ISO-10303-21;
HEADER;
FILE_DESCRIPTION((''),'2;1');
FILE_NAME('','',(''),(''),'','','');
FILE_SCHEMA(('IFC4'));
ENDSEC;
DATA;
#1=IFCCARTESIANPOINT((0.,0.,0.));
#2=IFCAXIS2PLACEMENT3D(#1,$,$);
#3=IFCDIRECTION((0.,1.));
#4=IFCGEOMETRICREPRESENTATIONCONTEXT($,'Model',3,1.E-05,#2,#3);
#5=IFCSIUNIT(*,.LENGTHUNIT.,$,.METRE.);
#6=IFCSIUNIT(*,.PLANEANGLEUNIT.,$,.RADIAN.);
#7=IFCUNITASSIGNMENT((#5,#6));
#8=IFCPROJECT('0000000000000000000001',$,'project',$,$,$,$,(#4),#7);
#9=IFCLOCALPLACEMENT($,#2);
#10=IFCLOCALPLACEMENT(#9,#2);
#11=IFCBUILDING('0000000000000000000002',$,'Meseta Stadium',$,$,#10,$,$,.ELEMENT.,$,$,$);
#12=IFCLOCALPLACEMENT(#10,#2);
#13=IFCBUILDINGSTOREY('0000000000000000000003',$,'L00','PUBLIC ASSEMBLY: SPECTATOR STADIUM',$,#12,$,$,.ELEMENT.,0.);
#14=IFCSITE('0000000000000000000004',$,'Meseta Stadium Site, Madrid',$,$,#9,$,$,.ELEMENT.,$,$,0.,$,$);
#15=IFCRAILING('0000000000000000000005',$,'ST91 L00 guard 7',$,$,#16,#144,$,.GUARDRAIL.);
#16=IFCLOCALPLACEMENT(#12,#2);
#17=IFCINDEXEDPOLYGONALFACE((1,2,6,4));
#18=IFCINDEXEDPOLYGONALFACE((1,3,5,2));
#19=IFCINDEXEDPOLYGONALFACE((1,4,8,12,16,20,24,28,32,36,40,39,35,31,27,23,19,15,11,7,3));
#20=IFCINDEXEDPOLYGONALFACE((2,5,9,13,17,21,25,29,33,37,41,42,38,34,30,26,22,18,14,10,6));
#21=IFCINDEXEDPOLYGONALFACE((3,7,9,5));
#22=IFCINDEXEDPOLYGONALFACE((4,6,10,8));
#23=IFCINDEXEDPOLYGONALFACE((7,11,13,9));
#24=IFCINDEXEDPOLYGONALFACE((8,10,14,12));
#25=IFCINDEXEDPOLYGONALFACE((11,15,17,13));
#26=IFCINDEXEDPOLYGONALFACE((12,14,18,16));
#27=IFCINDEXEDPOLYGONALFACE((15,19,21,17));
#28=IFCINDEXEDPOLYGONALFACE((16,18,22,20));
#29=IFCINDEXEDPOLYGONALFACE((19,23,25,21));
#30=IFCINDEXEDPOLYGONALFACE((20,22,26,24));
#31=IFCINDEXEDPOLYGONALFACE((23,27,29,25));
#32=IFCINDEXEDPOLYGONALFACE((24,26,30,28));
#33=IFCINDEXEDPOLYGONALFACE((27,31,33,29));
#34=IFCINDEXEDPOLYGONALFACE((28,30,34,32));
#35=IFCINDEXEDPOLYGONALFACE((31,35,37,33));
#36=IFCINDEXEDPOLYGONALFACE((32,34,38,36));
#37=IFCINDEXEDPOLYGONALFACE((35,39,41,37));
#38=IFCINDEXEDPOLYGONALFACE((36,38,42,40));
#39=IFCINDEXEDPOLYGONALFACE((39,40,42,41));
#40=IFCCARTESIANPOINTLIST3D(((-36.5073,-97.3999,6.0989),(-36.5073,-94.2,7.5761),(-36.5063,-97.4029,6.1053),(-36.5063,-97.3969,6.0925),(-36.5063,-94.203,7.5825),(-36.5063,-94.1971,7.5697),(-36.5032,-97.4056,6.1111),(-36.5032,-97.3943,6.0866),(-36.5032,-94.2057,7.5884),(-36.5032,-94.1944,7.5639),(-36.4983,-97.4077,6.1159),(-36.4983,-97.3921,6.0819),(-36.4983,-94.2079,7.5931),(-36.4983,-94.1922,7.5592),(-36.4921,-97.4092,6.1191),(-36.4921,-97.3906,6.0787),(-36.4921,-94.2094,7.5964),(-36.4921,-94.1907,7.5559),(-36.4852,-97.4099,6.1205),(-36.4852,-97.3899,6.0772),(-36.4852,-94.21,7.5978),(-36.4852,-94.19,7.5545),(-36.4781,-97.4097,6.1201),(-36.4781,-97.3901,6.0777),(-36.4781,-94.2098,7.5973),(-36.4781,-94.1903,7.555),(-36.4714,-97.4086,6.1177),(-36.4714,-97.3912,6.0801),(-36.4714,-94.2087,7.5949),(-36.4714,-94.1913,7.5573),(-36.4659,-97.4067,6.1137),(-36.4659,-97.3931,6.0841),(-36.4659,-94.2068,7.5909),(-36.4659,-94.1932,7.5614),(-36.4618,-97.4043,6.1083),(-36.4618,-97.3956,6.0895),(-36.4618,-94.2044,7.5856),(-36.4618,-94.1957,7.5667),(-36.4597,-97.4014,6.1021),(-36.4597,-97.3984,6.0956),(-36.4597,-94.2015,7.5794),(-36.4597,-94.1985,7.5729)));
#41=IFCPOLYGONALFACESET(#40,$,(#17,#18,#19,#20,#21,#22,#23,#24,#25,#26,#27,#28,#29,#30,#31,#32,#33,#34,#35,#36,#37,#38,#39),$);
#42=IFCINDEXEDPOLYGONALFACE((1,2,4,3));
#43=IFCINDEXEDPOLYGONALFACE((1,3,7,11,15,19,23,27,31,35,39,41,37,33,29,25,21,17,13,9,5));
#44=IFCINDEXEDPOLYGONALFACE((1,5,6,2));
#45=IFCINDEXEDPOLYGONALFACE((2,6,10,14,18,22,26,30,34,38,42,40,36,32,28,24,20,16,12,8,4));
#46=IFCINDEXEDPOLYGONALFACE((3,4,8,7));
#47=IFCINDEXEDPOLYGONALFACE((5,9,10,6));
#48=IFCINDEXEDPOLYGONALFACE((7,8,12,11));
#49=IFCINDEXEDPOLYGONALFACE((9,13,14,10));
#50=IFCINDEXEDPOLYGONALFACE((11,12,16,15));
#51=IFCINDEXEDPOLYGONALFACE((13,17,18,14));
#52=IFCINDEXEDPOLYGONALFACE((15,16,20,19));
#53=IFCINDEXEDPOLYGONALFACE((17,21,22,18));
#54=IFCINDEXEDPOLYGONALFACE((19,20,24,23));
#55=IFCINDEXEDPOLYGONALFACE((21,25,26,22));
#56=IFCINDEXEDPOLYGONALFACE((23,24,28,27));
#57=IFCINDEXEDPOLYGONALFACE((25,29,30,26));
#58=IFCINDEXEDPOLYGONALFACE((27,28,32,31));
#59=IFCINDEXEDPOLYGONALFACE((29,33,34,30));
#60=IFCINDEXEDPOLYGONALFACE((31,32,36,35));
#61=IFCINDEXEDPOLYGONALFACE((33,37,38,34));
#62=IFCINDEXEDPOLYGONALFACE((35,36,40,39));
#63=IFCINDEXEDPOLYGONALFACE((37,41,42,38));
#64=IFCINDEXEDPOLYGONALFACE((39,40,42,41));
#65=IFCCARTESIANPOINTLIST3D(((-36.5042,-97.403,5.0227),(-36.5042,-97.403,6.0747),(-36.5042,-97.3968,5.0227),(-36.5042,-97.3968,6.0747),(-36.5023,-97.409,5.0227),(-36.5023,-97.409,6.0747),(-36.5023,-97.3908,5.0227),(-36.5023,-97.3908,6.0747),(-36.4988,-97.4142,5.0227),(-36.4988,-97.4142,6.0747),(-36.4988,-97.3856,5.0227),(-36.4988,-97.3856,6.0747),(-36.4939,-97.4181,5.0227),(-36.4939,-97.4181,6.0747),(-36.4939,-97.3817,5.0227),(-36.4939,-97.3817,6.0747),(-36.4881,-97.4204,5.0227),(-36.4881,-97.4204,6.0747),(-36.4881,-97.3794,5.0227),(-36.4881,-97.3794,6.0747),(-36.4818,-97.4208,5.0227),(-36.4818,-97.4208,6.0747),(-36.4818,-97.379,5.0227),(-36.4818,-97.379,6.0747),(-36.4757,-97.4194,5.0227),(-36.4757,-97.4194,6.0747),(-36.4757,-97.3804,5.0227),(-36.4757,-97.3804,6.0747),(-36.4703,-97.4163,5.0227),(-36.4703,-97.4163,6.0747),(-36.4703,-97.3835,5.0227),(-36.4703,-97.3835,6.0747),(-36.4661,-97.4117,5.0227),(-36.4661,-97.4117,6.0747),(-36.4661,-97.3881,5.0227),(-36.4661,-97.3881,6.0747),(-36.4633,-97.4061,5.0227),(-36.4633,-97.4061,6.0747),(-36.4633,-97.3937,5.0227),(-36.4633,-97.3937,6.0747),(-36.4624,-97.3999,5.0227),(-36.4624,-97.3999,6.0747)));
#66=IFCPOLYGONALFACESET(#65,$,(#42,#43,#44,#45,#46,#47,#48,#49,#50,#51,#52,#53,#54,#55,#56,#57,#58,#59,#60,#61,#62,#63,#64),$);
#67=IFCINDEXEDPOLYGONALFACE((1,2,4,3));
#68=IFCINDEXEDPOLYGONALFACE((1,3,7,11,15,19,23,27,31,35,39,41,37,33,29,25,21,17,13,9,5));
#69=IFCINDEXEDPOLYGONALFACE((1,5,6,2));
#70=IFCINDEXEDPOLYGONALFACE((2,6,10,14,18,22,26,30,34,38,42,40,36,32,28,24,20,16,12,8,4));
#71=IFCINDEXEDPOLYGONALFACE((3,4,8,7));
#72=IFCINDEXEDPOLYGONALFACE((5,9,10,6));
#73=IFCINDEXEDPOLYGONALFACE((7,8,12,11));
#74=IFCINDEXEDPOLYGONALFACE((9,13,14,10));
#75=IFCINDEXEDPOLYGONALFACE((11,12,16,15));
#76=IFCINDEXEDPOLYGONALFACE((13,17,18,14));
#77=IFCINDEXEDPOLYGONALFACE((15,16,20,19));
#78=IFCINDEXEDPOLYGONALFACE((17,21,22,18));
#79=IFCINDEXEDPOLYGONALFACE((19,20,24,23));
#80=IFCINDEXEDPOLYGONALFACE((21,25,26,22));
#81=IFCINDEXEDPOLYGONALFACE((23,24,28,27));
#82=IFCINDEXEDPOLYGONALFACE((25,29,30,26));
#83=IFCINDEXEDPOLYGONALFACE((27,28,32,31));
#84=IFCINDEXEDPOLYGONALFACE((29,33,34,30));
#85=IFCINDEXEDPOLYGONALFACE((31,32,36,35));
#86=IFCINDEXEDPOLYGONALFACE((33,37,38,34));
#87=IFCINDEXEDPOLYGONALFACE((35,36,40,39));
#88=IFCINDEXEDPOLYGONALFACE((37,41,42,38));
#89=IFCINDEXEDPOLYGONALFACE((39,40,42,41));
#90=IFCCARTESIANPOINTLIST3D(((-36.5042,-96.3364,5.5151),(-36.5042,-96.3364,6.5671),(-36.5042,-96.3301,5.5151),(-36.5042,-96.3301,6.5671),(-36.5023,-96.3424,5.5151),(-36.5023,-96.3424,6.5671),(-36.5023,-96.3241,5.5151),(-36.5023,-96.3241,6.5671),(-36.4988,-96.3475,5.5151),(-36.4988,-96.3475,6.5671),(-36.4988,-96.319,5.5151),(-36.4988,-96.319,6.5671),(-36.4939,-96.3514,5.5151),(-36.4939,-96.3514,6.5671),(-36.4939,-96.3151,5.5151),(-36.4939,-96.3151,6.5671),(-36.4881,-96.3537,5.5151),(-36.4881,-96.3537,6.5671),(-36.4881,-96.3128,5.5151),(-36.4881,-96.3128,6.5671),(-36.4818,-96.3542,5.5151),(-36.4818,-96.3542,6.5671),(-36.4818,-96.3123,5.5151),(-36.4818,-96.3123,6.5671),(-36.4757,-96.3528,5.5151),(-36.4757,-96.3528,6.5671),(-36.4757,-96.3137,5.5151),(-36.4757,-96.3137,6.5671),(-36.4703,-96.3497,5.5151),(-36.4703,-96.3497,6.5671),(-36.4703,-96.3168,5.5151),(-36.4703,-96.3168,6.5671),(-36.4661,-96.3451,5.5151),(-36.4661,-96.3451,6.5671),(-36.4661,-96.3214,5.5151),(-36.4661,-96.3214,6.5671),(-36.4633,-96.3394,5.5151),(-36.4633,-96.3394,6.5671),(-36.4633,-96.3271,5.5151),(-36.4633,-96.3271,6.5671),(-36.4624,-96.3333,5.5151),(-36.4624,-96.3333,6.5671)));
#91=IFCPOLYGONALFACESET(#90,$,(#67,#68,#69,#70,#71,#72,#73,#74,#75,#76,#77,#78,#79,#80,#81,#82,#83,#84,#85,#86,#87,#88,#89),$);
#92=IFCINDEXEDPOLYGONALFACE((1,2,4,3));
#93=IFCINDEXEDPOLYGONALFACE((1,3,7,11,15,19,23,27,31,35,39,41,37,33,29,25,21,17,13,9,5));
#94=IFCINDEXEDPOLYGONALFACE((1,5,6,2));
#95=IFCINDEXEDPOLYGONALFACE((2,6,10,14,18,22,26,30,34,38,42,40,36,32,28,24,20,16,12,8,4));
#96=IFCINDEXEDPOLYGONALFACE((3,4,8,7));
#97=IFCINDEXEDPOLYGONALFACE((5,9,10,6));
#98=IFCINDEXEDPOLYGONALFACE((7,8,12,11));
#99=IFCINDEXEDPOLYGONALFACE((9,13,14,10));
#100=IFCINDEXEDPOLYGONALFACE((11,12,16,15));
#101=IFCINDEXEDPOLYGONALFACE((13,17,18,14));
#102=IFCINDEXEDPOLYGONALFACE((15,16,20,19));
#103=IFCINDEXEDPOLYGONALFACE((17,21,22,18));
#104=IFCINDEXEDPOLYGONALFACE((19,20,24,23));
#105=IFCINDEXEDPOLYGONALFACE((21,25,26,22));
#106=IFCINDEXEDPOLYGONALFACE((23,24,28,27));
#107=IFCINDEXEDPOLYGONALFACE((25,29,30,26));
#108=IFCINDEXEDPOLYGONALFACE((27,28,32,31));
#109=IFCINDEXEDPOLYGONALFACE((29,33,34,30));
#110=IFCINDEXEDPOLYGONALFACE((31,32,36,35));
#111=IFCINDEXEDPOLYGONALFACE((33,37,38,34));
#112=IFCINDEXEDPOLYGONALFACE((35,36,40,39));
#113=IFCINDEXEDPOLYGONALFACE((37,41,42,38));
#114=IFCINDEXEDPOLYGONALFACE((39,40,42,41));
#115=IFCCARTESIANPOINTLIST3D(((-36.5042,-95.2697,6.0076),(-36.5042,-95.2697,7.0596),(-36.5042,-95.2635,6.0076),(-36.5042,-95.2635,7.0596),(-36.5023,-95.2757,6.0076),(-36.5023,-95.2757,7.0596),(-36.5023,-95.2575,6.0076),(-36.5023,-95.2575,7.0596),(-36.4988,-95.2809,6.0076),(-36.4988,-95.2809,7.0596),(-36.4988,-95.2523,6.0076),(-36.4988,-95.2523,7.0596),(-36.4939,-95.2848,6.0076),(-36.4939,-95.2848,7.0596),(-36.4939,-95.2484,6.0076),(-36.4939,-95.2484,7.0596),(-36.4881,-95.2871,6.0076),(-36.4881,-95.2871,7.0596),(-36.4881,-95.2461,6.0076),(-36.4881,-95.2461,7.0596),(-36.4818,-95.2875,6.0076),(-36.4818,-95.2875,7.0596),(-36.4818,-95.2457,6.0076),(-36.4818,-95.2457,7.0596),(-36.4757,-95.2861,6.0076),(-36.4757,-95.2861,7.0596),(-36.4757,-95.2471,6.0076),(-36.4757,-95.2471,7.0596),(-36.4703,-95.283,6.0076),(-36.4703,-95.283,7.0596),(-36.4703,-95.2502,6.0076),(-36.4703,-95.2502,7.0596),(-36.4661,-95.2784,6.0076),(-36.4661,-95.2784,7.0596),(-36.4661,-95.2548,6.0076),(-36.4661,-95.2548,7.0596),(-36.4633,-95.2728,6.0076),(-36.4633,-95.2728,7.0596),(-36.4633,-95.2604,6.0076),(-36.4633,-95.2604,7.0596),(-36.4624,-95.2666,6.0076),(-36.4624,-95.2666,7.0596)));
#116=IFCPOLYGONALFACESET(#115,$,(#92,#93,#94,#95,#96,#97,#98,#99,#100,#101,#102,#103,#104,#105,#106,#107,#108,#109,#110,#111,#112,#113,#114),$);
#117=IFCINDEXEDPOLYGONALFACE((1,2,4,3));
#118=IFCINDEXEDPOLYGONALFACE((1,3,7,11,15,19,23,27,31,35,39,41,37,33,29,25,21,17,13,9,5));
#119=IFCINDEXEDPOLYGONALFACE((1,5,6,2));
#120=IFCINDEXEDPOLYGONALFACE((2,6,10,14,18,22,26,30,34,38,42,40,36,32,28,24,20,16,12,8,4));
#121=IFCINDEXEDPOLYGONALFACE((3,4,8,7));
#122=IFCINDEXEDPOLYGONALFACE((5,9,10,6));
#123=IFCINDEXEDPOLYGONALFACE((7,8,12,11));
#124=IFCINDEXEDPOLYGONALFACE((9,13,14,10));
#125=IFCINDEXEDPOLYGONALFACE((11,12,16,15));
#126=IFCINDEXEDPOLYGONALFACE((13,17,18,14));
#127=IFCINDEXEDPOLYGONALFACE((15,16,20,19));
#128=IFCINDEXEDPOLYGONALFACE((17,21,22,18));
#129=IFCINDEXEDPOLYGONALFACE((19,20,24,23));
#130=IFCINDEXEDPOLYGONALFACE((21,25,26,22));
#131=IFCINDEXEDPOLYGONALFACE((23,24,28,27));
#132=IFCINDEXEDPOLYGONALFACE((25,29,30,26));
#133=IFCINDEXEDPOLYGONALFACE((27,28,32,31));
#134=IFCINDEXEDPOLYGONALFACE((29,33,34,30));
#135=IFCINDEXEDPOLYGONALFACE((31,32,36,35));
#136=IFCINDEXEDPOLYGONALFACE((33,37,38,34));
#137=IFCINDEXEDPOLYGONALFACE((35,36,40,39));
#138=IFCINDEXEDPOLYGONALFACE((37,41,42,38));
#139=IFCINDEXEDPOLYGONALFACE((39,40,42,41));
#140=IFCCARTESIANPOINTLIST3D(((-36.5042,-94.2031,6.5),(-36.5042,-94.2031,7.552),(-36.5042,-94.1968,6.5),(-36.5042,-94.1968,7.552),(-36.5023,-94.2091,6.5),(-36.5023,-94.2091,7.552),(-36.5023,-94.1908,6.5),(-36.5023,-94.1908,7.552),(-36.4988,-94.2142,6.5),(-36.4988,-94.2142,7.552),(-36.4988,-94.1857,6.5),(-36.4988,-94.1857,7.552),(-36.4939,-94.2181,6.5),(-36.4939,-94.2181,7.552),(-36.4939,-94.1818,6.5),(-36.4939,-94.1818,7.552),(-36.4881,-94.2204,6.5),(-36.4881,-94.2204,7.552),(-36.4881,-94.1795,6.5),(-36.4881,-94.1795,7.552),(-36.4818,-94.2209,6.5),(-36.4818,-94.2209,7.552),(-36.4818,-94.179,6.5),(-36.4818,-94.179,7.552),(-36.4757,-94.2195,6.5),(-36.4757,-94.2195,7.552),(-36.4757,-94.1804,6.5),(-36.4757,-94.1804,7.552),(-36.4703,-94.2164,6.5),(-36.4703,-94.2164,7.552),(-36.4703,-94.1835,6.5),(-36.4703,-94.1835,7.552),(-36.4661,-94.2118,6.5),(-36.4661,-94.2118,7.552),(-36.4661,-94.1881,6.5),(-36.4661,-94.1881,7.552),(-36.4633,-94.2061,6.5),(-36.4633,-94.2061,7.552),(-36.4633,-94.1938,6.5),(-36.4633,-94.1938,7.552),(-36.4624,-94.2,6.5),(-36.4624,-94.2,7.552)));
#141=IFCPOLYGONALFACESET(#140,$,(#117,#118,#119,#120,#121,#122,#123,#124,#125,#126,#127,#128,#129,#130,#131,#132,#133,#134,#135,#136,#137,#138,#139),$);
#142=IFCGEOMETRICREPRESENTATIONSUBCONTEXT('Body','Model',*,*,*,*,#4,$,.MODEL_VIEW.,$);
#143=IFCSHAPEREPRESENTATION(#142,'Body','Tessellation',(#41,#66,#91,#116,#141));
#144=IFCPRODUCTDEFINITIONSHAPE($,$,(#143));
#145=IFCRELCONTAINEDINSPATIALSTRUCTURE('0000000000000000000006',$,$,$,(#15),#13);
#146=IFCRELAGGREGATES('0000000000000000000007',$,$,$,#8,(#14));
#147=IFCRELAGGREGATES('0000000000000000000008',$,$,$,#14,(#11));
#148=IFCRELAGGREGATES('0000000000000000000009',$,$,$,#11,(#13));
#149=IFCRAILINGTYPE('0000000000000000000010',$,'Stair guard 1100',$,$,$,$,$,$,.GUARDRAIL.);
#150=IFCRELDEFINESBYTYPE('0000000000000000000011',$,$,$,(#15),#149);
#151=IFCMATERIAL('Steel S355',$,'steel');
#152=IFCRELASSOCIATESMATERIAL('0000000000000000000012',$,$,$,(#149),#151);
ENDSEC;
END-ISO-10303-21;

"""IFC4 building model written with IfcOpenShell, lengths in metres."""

from ifc_helpers import new_model, si_unit, direction, frame, origin, origin_2d, place, context, subcontext, project, spatial, circle, extrude, material, type_object, element, save


model = new_model("IFC4")

# Units and contexts
model_context = context("Model", 3, precision=1e-05, world=origin(), true_north=direction((0.0, 1.0)))
body_context = subcontext(model_context, "Body", "Model", "MODEL_VIEW")
ifc_project = project(units=[si_unit("LENGTHUNIT", "METRE"), si_unit("PLANEANGLEUNIT", "RADIAN")], contexts=[model_context])

# Site, building, storey
site_placement = place(None, origin())
site = spatial("IfcSite", under=ifc_project, at=site_placement, Name="Meseta Stadium Site, Madrid", CompositionType="ELEMENT", RefElevation=0.0)
building_placement = place(site_placement, origin())
building = spatial("IfcBuilding", under=site, at=building_placement, Name="Meseta Stadium", CompositionType="ELEMENT")
storey_placement = place(building_placement, origin())
storey = spatial("IfcBuildingStorey", under=building, at=storey_placement, Name="L00", Description="PUBLIC ASSEMBLY: SPECTATOR STADIUM", CompositionType="ELEMENT", Elevation=0.0)

# Railing
ifc_material_1 = material(Name="Steel S355", Category="steel")
railing_type_1 = type_object("IfcRailingType", Name="Stair guard 1100", PredefinedType="GUARDRAIL", material=ifc_material_1)
railing_1_placement = place(storey_placement, frame((-36.4834, -97.3999, 5.0227)))
element("IfcRailing", 1, at=railing_1_placement, inside=storey, type_object=railing_type_1, Name="ST91 L00 guard 7", PredefinedType="GUARDRAIL", context=body_context, shape_type="SweptSolid", body=[
    extrude(circle(Radius=0.0239, at=origin_2d()), frame((0.0, 0.0, 1.0762), z_axis=(0.0, 0.907917, 0.41915), x_axis=(-1.0, 0.0, 0.0)), (0.0, 0.0, 1.0), 3.5244),
    extrude(circle(Radius=0.021, at=origin_2d()), origin(), (0.0, 0.0, 1.0), 1.052),
    extrude(circle(Radius=0.021, at=origin_2d()), frame((0.0, 1.0667, 0.4924)), (0.0, 0.0, 1.0), 1.052),
    extrude(circle(Radius=0.021, at=origin_2d()), frame((0.0, 2.1333, 0.9849)), (0.0, 0.0, 1.0), 1.052),
    extrude(circle(Radius=0.021, at=origin_2d()), frame((0.0, 3.2, 1.4773)), (0.0, 0.0, 1.0), 1.052),
])

save(model, "model.ifc")
